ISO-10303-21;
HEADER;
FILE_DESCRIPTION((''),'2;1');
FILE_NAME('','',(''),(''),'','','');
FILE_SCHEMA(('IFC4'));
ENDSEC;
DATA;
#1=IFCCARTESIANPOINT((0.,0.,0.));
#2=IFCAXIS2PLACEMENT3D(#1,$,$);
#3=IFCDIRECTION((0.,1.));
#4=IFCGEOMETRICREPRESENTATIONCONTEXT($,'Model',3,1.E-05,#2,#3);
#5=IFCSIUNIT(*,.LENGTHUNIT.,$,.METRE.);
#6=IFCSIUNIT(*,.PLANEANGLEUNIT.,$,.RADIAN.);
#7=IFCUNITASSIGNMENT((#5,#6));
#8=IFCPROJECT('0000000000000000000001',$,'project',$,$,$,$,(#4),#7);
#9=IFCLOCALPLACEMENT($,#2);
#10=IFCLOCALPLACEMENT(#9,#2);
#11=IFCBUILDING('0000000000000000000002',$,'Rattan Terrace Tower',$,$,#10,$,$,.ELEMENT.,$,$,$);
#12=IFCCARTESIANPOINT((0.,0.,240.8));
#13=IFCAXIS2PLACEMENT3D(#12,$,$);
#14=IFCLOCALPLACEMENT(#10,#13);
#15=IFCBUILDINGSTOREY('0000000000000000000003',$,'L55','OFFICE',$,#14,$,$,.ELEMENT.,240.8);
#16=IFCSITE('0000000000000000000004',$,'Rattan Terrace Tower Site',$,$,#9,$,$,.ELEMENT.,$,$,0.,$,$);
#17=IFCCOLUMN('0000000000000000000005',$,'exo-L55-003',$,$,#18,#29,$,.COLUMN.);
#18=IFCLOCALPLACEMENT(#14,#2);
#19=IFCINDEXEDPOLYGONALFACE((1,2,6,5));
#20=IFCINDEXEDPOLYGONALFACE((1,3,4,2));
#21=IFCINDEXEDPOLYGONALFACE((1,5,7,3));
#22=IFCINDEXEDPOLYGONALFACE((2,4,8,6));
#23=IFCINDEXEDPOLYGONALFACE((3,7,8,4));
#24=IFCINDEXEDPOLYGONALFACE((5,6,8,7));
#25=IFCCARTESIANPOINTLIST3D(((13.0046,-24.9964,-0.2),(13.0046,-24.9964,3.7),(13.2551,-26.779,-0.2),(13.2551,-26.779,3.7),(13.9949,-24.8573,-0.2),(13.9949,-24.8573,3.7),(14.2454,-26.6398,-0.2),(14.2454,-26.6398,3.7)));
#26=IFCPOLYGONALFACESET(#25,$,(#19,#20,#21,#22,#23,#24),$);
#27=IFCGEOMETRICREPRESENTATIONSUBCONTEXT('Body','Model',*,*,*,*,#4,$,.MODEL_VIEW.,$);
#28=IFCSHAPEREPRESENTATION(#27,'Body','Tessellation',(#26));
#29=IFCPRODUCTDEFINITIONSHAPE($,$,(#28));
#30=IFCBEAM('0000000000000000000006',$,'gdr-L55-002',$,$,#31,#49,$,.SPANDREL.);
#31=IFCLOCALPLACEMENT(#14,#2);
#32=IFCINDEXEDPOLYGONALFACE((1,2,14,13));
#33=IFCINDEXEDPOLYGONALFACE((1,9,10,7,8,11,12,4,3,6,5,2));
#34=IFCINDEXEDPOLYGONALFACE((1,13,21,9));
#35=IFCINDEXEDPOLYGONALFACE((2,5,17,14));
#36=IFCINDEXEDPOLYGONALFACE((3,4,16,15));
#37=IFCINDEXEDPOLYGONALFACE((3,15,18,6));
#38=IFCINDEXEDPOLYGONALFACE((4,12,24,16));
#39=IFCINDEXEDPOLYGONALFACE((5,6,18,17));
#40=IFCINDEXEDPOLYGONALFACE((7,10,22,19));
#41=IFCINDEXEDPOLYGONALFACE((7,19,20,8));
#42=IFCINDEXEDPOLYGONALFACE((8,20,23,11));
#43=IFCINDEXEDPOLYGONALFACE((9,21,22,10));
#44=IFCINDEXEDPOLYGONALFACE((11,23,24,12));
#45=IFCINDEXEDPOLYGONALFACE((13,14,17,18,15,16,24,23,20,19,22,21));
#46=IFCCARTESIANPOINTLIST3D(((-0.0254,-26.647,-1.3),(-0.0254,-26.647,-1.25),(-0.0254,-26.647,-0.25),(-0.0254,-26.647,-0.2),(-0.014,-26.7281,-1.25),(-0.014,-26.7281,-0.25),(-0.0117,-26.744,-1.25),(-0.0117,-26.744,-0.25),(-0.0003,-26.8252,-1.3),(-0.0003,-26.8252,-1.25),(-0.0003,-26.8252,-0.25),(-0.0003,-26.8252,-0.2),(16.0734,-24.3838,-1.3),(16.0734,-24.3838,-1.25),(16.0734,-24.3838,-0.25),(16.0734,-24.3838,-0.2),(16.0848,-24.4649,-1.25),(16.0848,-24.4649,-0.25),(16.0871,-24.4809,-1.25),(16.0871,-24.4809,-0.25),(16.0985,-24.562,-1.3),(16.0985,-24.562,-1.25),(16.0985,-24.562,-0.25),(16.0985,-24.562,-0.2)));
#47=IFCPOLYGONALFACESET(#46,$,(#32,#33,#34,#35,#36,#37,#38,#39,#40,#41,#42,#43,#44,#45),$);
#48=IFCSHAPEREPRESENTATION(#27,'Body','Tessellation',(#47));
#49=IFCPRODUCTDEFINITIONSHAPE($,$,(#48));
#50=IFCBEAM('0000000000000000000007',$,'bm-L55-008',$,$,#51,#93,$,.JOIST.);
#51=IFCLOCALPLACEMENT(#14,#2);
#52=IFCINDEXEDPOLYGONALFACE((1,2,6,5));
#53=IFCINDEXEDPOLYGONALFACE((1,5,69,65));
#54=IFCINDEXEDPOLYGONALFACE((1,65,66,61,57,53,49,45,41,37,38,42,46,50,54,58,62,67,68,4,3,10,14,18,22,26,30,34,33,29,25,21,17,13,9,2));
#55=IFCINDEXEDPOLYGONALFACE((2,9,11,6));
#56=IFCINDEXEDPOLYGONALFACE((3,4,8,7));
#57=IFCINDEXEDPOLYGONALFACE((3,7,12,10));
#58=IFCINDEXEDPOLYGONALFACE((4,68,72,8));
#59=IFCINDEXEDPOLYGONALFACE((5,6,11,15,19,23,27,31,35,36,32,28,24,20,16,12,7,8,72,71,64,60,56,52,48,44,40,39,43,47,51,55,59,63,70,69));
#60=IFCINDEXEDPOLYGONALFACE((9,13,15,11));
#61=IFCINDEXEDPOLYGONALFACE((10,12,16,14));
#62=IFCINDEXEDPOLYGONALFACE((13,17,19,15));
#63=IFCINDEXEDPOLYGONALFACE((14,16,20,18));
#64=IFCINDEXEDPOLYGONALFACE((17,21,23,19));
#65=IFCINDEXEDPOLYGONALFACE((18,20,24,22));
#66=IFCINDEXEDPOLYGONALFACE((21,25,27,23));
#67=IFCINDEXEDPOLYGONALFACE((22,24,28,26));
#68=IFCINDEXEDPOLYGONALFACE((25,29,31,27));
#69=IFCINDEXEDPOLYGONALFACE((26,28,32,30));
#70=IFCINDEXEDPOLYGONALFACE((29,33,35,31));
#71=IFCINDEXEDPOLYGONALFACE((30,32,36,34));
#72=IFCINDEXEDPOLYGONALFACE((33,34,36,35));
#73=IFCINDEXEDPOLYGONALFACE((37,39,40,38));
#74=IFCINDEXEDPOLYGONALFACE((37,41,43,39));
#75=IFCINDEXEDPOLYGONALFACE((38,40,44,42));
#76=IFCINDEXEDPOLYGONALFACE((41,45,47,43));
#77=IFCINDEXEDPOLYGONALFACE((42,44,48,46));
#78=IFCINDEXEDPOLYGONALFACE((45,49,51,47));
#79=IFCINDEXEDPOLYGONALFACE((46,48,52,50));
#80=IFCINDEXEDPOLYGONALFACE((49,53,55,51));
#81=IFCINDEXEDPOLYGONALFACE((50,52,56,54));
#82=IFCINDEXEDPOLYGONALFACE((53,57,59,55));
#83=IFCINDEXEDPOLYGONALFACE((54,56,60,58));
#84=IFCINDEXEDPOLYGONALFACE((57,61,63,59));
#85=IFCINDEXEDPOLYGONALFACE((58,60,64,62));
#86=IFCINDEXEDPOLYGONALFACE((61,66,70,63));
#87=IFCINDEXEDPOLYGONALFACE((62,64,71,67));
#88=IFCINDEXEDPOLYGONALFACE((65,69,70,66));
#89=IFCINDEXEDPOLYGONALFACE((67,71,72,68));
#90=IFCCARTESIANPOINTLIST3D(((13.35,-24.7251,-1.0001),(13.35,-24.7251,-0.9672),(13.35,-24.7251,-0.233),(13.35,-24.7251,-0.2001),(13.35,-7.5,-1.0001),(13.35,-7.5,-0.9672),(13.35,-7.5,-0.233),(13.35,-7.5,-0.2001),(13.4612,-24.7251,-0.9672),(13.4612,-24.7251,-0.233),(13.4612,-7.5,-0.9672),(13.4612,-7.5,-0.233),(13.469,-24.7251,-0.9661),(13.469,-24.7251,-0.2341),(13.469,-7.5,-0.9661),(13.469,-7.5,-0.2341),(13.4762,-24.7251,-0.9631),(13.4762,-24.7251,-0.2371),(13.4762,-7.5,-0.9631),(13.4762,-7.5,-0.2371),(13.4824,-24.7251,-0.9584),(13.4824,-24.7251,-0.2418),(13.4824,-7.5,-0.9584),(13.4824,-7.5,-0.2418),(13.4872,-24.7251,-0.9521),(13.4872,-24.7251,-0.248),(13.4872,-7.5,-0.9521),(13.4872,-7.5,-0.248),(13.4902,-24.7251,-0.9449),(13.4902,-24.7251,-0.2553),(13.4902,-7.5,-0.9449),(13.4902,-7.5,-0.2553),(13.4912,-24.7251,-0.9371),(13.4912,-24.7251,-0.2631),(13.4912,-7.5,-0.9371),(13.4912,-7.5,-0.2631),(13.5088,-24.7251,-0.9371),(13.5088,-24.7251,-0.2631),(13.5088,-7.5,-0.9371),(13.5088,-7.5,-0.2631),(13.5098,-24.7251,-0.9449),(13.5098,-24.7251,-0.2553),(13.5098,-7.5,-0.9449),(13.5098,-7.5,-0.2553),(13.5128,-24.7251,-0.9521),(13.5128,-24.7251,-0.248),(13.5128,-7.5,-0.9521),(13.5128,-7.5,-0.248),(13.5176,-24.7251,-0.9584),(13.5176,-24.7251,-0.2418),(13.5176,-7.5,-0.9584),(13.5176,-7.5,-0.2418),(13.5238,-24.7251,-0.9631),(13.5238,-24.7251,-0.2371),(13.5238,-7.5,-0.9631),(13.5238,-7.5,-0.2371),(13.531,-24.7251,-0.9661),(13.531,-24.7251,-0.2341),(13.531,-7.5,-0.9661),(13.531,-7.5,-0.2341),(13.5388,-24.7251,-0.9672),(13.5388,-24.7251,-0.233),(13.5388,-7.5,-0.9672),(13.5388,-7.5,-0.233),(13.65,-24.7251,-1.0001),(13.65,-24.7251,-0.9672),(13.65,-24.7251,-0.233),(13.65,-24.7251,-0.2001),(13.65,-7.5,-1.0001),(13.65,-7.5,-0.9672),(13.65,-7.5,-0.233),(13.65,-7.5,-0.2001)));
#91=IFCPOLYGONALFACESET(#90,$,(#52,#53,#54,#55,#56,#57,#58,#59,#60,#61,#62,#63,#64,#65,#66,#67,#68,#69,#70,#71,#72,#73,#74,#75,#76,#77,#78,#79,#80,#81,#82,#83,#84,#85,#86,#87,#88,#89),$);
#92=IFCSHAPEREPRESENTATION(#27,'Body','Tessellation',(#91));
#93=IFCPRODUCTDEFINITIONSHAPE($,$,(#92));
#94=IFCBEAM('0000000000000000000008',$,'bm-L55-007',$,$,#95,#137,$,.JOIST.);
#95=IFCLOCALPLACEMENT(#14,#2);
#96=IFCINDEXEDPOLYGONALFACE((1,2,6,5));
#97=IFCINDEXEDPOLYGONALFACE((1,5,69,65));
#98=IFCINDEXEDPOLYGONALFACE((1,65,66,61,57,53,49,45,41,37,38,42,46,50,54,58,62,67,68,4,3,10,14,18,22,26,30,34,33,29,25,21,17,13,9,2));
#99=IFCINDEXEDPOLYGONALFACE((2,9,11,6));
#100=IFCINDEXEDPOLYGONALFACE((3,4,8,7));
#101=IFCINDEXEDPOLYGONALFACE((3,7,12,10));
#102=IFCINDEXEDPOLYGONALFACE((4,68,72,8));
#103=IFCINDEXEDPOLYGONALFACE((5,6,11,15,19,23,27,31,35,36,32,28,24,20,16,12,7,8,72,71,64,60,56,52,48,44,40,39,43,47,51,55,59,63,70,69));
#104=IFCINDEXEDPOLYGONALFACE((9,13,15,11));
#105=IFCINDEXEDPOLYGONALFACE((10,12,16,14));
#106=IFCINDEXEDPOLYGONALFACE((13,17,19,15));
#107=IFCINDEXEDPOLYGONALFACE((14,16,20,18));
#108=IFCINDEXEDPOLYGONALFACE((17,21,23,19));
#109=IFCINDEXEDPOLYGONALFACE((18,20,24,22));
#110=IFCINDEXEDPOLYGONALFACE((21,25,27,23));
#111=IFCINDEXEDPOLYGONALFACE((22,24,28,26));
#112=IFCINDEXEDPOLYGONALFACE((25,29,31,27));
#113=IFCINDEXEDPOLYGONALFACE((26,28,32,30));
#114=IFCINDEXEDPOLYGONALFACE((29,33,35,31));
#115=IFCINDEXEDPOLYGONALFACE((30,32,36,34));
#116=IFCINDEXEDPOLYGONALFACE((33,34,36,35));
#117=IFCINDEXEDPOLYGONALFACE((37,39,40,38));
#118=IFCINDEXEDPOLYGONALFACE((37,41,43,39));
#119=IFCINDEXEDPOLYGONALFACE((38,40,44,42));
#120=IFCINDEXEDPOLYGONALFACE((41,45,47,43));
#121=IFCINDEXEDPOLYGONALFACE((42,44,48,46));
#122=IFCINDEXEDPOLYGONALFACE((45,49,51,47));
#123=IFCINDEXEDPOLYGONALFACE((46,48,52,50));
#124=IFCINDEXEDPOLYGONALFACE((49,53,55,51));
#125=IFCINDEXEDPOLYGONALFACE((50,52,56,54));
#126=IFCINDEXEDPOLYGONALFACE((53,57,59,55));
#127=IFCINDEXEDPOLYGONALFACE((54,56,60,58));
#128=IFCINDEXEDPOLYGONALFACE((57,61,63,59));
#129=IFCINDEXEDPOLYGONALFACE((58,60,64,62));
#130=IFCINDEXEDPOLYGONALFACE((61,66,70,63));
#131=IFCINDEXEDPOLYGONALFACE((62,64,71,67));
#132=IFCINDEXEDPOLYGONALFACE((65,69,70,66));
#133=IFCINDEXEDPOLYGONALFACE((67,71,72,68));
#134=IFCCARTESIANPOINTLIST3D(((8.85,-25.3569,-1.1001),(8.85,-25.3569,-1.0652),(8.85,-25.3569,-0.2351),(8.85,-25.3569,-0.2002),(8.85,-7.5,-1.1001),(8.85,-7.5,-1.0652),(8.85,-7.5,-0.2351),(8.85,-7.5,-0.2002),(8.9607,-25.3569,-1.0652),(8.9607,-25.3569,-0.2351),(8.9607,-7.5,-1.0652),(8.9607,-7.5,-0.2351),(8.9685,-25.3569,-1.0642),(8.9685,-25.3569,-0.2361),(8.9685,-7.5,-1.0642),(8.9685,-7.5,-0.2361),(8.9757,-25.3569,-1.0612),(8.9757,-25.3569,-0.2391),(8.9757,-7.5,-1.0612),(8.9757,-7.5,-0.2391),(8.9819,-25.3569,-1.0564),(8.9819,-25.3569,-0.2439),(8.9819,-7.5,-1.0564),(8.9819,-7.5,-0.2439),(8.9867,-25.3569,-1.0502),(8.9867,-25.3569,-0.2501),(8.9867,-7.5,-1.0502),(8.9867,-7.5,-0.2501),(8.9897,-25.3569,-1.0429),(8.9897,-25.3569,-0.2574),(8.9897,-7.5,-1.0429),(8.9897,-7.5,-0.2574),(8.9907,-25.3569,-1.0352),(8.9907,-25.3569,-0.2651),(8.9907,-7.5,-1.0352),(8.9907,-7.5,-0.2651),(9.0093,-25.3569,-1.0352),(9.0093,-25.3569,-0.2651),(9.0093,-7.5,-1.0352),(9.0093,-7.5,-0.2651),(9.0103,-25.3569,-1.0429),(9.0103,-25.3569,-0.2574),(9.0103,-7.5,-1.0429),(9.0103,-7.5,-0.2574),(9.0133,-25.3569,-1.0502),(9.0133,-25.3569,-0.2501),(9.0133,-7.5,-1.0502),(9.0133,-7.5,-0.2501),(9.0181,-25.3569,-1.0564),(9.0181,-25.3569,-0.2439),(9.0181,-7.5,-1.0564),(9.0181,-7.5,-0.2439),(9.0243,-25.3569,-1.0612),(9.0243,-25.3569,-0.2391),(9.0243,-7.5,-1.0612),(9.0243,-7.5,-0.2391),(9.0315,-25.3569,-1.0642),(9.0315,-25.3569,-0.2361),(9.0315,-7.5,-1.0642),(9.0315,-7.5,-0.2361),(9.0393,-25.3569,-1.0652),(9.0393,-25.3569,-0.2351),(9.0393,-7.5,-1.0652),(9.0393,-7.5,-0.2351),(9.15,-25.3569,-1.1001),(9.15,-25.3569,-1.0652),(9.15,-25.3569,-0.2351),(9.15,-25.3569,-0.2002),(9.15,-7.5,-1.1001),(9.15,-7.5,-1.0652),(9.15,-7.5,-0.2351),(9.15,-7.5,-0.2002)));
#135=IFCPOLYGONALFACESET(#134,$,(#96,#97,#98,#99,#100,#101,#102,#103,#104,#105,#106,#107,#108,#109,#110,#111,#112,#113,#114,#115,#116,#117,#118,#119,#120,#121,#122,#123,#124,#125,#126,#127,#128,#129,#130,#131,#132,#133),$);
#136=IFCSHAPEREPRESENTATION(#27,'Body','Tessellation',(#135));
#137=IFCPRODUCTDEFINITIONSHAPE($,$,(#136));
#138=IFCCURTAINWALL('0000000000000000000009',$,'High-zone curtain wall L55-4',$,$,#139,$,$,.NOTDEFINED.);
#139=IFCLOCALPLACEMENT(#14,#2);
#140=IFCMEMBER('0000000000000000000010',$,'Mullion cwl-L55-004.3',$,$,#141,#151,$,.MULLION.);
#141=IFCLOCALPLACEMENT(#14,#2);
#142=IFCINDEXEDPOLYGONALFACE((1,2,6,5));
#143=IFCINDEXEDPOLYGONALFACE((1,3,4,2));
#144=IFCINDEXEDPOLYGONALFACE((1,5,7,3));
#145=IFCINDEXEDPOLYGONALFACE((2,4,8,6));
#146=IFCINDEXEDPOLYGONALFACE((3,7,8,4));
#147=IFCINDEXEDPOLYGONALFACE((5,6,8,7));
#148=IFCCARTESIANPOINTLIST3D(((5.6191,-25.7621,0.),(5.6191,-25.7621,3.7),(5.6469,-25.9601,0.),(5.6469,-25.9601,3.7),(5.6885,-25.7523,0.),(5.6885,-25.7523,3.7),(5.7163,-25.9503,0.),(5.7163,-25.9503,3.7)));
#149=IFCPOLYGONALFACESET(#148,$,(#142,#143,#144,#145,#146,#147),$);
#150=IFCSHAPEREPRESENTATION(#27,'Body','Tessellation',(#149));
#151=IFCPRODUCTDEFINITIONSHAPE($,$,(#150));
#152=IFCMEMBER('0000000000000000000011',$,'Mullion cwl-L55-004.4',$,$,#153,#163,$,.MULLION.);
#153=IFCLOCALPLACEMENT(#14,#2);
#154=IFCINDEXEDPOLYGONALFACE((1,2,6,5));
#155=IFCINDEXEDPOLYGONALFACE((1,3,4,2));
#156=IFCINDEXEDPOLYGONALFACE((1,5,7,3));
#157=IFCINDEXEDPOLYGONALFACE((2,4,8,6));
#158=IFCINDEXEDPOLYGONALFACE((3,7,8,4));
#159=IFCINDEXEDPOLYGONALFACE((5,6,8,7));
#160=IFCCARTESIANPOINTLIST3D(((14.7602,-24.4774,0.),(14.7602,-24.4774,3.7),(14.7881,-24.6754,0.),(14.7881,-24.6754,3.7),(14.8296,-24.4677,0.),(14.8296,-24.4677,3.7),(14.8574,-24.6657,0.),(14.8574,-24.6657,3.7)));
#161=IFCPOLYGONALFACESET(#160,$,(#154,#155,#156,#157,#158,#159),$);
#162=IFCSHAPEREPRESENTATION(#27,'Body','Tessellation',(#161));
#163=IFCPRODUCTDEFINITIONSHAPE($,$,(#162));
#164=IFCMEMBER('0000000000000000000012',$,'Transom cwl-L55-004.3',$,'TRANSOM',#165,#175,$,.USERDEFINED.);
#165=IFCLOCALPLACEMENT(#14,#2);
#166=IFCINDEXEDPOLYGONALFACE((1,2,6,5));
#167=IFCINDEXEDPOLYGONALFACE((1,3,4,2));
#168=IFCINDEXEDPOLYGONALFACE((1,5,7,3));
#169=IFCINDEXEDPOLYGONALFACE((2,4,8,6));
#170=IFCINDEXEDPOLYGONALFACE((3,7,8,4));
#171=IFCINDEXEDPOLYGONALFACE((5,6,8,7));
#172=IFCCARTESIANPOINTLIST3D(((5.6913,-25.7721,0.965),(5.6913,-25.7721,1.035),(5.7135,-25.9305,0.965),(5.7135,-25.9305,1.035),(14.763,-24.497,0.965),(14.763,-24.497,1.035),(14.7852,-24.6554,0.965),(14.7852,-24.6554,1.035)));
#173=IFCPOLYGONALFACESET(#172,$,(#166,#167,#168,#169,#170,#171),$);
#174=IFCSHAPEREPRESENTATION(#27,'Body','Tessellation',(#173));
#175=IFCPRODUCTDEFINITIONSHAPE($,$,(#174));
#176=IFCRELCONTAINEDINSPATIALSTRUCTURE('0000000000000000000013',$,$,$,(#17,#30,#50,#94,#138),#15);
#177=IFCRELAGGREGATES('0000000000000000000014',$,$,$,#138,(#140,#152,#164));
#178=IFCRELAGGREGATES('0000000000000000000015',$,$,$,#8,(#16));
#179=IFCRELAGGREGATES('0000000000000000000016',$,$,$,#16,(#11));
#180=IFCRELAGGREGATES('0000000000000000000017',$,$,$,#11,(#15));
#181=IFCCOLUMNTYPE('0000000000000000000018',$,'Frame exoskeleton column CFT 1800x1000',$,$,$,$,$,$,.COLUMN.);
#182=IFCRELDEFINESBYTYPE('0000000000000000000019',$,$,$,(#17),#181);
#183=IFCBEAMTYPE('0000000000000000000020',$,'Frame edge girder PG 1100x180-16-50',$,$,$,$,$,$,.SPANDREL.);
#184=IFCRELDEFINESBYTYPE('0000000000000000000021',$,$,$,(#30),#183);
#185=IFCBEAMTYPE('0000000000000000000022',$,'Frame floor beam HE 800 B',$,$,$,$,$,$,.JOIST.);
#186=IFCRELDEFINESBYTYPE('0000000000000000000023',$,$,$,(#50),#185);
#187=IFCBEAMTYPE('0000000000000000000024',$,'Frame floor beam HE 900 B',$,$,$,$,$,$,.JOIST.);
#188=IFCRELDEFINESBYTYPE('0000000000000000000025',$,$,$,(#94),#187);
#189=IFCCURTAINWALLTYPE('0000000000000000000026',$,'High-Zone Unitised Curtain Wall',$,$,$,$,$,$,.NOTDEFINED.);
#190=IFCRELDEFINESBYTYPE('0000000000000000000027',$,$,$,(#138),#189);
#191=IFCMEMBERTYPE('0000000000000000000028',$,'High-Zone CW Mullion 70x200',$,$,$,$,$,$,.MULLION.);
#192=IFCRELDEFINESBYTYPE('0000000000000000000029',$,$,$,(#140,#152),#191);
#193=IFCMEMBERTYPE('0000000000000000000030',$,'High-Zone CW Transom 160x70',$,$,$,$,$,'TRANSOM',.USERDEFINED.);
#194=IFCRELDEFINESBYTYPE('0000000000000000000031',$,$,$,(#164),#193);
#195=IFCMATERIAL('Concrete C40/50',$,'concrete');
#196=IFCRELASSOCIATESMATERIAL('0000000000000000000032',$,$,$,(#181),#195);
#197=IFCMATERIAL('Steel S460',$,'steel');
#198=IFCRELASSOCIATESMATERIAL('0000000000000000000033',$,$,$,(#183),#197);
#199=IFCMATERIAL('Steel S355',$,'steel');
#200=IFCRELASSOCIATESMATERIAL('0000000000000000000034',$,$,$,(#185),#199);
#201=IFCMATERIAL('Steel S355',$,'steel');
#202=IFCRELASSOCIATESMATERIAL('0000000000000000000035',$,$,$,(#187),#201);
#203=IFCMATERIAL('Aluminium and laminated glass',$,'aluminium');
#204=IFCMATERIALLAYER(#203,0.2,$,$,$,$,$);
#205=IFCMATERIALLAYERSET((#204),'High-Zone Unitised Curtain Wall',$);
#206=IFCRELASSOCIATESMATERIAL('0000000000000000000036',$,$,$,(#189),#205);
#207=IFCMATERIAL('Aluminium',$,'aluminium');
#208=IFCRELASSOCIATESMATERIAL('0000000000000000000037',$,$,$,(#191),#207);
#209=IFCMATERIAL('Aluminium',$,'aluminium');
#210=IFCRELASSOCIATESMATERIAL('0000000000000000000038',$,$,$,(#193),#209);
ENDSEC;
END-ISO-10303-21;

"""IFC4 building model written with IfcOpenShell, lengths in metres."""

from ifc_helpers import new_model, si_unit, direction, frame, origin, origin_2d, place, context, subcontext, project, spatial, rectangle, i_section, extrude, material, layer, layer_set, material_profile, profile_set, type_object, element, aggregate, save


model = new_model("IFC4")

# Units and contexts
model_context = context("Model", 3, precision=1e-05, world=origin(), true_north=direction((0.0, 1.0)))
body_context = subcontext(model_context, "Body", "Model", "MODEL_VIEW")
ifc_project = project(units=[si_unit("LENGTHUNIT", "METRE"), si_unit("PLANEANGLEUNIT", "RADIAN")], contexts=[model_context])

# Site, building, storey
site_placement = place(None, origin())
site = spatial("IfcSite", under=ifc_project, at=site_placement, Name="Rattan Terrace Tower Site", CompositionType="ELEMENT", RefElevation=0.0)
building_placement = place(site_placement, origin())
building = spatial("IfcBuilding", under=site, at=building_placement, Name="Rattan Terrace Tower", CompositionType="ELEMENT")
storey_placement = place(building_placement, frame((0.0, 0.0, 240.8)))
storey = spatial("IfcBuildingStorey", under=building, at=storey_placement, Name="L55", Description="OFFICE", CompositionType="ELEMENT", Elevation=240.8)

# Column
ifc_material_1 = material(Name="Concrete C40/50", Category="concrete")
ifc_material_profile_1 = material_profile(ifc_material_1, rectangle(XDim=1.0, YDim=1.8, at=origin_2d()), Name="CFT 1800x1000")
ifc_profile_set_1 = profile_set([ifc_material_profile_1], Name="Concrete C40/50")
column_type = type_object("IfcColumnType", Name="Frame exoskeleton column CFT 1800x1000", PredefinedType="COLUMN", material=ifc_profile_set_1)
column_placement = place(storey_placement, frame((13.625, -25.8181, -0.2), z_axis=(0.0, 0.0, 1.0), x_axis=(0.990268, 0.139173, 0.0)))
element("IfcColumn", 1, at=column_placement, inside=storey, type_object=column_type, Name="exo-L55-003", PredefinedType="COLUMN", context=body_context, shape_type="SweptSolid", body=[
    extrude(rectangle(XDim=1.0, YDim=1.8, at=origin_2d()), origin(), (0.0, 0.0, 1.0), 3.8999),
])

# Beams
ifc_material_2 = material(Name="Steel S460", Category="steel")
ifc_material_profile_2 = material_profile(ifc_material_2, i_section(OverallWidth=0.1799, OverallDepth=1.1001, WebThickness=0.0161, FlangeThickness=0.05, at=origin_2d()), Name="PG 1100x180-16-50")
ifc_profile_set_2 = profile_set([ifc_material_profile_2], Name="Steel S460")
beam_type_1 = type_object("IfcBeamType", Name="Frame edge girder PG 1100x180-16-50", PredefinedType="SPANDREL", material=ifc_profile_set_2)
beam_1_placement = place(storey_placement, frame((16.0859, -24.4729, -0.75), z_axis=(-0.990263, -0.139211, 0.0), x_axis=(0.139211, -0.990263, 0.0)))
element("IfcBeam", 2, at=beam_1_placement, inside=storey, type_object=beam_type_1, Name="gdr-L55-002", PredefinedType="SPANDREL", context=body_context, shape_type="SweptSolid", body=[
    extrude(i_section(OverallWidth=0.1799, OverallDepth=1.1001, WebThickness=0.0161, FlangeThickness=0.05, at=origin_2d()), origin(), (0.0, 0.0, 1.0), 16.2571),
])
ifc_material_3 = material(Name="Steel S355", Category="steel")
ifc_material_profile_3 = material_profile(ifc_material_3, i_section(OverallWidth=0.3, OverallDepth=0.8, WebThickness=0.0176, FlangeThickness=0.033, FilletRadius=0.03, at=origin_2d()), Name="HE 800 B")
ifc_profile_set_3 = profile_set([ifc_material_profile_3], Name="Steel S355")
beam_type_2 = type_object("IfcBeamType", Name="Frame floor beam HE 800 B", PredefinedType="JOIST", material=ifc_profile_set_3)
beam_2_placement = place(storey_placement, frame((13.5, -24.7251, -0.6001), z_axis=(0.0, 1.0, 0.0), x_axis=(-1.0, 0.0, 0.0)))
element("IfcBeam", 3, at=beam_2_placement, inside=storey, type_object=beam_type_2, Name="bm-L55-008", PredefinedType="JOIST", context=body_context, shape_type="SweptSolid", body=[
    extrude(i_section(OverallWidth=0.3, OverallDepth=0.8, WebThickness=0.0176, FlangeThickness=0.033, FilletRadius=0.03, at=origin_2d()), origin(), (0.0, 0.0, 1.0), 17.2251),
])
ifc_material_4 = material(Name="Steel S355", Category="steel")
ifc_material_profile_4 = material_profile(ifc_material_4, i_section(OverallWidth=0.3, OverallDepth=0.8999, WebThickness=0.0186, FlangeThickness=0.0349, FilletRadius=0.03, at=origin_2d()), Name="HE 900 B")
ifc_profile_set_4 = profile_set([ifc_material_profile_4], Name="Steel S355")
beam_type_3 = type_object("IfcBeamType", Name="Frame floor beam HE 900 B", PredefinedType="JOIST", material=ifc_profile_set_4)
beam_3_placement = place(storey_placement, frame((9.0, -25.3569, -0.6501), z_axis=(0.0, 1.0, 0.0), x_axis=(-1.0, 0.0, 0.0)))
element("IfcBeam", 4, at=beam_3_placement, inside=storey, type_object=beam_type_3, Name="bm-L55-007", PredefinedType="JOIST", context=body_context, shape_type="SweptSolid", body=[
    extrude(i_section(OverallWidth=0.3, OverallDepth=0.8999, WebThickness=0.0186, FlangeThickness=0.0349, FilletRadius=0.03, at=origin_2d()), origin(), (0.0, 0.0, 1.0), 17.8569),
])

# Curtain wall, members
ifc_material_5 = material(Name="Aluminium and laminated glass", Category="aluminium")
ifc_layer_1 = layer(ifc_material_5, 0.2)
ifc_layer_set_1 = layer_set([ifc_layer_1], Name="High-Zone Unitised Curtain Wall")
curtain_wall_type = type_object("IfcCurtainWallType", Name="High-Zone Unitised Curtain Wall", PredefinedType="NOTDEFINED", material=ifc_layer_set_1)
curtain_wall_placement = place(storey_placement, origin())
curtain_wall = element("IfcCurtainWall", 5, at=curtain_wall_placement, inside=storey, type_object=curtain_wall_type, Name="High-zone curtain wall L55-4", PredefinedType="NOTDEFINED")
ifc_material_6 = material(Name="Aluminium", Category="aluminium")
ifc_material_profile_5 = material_profile(ifc_material_6, rectangle(XDim=0.0701, YDim=0.2, at=origin_2d()), Name="Aluminium 70x200")
ifc_profile_set_5 = profile_set([ifc_material_profile_5], Name="Aluminium")
member_type_1 = type_object("IfcMemberType", Name="High-Zone CW Mullion 70x200", PredefinedType="MULLION", material=ifc_profile_set_5)
member_1_placement = place(storey_placement, frame((5.6677, -25.8562, 0.0), z_axis=(0.0, 0.0, 1.0), x_axis=(0.990267, 0.139177, 0.0)))
member_1 = element("IfcMember", 6, at=member_1_placement, type_object=member_type_1, Name="Mullion cwl-L55-004.3", PredefinedType="MULLION", context=body_context, shape_type="SweptSolid", body=[
    extrude(rectangle(XDim=0.0701, YDim=0.2, at=origin_2d()), origin(), (0.0, 0.0, 1.0), 3.7),
])
member_2_placement = place(storey_placement, frame((14.8088, -24.5715, 0.0), z_axis=(0.0, 0.0, 1.0), x_axis=(0.990267, 0.139177, 0.0)))
member_2 = element("IfcMember", 7, at=member_2_placement, type_object=member_type_1, Name="Mullion cwl-L55-004.4", PredefinedType="MULLION", context=body_context, shape_type="SweptSolid", body=[
    extrude(rectangle(XDim=0.0701, YDim=0.2, at=origin_2d()), origin(), (0.0, 0.0, 1.0), 3.7),
])
ifc_material_7 = material(Name="Aluminium", Category="aluminium")
ifc_material_profile_6 = material_profile(ifc_material_7, rectangle(XDim=0.1599, YDim=0.0701, at=origin_2d()), Name="Aluminium 160x70")
ifc_profile_set_6 = profile_set([ifc_material_profile_6], Name="Aluminium")
member_type_2 = type_object("IfcMemberType", Name="High-Zone CW Transom 160x70", ElementType="TRANSOM", PredefinedType="USERDEFINED", material=ifc_profile_set_6)
member_3_placement = place(storey_placement, frame((5.7024, -25.8513, 1.0), z_axis=(0.990265, 0.139194, 0.0), x_axis=(-0.139194, 0.990265, 0.0)))
member_3 = element("IfcMember", 8, at=member_3_placement, type_object=member_type_2, Name="Transom cwl-L55-004.3", ObjectType="TRANSOM", PredefinedType="USERDEFINED", context=body_context, shape_type="SweptSolid", body=[
    extrude(rectangle(XDim=0.1599, YDim=0.0701, at=origin_2d()), origin(), (0.0, 0.0, 1.0), 9.1609),
])
aggregate(curtain_wall, [member_1, member_2, member_3])

save(model, "model.ifc")
